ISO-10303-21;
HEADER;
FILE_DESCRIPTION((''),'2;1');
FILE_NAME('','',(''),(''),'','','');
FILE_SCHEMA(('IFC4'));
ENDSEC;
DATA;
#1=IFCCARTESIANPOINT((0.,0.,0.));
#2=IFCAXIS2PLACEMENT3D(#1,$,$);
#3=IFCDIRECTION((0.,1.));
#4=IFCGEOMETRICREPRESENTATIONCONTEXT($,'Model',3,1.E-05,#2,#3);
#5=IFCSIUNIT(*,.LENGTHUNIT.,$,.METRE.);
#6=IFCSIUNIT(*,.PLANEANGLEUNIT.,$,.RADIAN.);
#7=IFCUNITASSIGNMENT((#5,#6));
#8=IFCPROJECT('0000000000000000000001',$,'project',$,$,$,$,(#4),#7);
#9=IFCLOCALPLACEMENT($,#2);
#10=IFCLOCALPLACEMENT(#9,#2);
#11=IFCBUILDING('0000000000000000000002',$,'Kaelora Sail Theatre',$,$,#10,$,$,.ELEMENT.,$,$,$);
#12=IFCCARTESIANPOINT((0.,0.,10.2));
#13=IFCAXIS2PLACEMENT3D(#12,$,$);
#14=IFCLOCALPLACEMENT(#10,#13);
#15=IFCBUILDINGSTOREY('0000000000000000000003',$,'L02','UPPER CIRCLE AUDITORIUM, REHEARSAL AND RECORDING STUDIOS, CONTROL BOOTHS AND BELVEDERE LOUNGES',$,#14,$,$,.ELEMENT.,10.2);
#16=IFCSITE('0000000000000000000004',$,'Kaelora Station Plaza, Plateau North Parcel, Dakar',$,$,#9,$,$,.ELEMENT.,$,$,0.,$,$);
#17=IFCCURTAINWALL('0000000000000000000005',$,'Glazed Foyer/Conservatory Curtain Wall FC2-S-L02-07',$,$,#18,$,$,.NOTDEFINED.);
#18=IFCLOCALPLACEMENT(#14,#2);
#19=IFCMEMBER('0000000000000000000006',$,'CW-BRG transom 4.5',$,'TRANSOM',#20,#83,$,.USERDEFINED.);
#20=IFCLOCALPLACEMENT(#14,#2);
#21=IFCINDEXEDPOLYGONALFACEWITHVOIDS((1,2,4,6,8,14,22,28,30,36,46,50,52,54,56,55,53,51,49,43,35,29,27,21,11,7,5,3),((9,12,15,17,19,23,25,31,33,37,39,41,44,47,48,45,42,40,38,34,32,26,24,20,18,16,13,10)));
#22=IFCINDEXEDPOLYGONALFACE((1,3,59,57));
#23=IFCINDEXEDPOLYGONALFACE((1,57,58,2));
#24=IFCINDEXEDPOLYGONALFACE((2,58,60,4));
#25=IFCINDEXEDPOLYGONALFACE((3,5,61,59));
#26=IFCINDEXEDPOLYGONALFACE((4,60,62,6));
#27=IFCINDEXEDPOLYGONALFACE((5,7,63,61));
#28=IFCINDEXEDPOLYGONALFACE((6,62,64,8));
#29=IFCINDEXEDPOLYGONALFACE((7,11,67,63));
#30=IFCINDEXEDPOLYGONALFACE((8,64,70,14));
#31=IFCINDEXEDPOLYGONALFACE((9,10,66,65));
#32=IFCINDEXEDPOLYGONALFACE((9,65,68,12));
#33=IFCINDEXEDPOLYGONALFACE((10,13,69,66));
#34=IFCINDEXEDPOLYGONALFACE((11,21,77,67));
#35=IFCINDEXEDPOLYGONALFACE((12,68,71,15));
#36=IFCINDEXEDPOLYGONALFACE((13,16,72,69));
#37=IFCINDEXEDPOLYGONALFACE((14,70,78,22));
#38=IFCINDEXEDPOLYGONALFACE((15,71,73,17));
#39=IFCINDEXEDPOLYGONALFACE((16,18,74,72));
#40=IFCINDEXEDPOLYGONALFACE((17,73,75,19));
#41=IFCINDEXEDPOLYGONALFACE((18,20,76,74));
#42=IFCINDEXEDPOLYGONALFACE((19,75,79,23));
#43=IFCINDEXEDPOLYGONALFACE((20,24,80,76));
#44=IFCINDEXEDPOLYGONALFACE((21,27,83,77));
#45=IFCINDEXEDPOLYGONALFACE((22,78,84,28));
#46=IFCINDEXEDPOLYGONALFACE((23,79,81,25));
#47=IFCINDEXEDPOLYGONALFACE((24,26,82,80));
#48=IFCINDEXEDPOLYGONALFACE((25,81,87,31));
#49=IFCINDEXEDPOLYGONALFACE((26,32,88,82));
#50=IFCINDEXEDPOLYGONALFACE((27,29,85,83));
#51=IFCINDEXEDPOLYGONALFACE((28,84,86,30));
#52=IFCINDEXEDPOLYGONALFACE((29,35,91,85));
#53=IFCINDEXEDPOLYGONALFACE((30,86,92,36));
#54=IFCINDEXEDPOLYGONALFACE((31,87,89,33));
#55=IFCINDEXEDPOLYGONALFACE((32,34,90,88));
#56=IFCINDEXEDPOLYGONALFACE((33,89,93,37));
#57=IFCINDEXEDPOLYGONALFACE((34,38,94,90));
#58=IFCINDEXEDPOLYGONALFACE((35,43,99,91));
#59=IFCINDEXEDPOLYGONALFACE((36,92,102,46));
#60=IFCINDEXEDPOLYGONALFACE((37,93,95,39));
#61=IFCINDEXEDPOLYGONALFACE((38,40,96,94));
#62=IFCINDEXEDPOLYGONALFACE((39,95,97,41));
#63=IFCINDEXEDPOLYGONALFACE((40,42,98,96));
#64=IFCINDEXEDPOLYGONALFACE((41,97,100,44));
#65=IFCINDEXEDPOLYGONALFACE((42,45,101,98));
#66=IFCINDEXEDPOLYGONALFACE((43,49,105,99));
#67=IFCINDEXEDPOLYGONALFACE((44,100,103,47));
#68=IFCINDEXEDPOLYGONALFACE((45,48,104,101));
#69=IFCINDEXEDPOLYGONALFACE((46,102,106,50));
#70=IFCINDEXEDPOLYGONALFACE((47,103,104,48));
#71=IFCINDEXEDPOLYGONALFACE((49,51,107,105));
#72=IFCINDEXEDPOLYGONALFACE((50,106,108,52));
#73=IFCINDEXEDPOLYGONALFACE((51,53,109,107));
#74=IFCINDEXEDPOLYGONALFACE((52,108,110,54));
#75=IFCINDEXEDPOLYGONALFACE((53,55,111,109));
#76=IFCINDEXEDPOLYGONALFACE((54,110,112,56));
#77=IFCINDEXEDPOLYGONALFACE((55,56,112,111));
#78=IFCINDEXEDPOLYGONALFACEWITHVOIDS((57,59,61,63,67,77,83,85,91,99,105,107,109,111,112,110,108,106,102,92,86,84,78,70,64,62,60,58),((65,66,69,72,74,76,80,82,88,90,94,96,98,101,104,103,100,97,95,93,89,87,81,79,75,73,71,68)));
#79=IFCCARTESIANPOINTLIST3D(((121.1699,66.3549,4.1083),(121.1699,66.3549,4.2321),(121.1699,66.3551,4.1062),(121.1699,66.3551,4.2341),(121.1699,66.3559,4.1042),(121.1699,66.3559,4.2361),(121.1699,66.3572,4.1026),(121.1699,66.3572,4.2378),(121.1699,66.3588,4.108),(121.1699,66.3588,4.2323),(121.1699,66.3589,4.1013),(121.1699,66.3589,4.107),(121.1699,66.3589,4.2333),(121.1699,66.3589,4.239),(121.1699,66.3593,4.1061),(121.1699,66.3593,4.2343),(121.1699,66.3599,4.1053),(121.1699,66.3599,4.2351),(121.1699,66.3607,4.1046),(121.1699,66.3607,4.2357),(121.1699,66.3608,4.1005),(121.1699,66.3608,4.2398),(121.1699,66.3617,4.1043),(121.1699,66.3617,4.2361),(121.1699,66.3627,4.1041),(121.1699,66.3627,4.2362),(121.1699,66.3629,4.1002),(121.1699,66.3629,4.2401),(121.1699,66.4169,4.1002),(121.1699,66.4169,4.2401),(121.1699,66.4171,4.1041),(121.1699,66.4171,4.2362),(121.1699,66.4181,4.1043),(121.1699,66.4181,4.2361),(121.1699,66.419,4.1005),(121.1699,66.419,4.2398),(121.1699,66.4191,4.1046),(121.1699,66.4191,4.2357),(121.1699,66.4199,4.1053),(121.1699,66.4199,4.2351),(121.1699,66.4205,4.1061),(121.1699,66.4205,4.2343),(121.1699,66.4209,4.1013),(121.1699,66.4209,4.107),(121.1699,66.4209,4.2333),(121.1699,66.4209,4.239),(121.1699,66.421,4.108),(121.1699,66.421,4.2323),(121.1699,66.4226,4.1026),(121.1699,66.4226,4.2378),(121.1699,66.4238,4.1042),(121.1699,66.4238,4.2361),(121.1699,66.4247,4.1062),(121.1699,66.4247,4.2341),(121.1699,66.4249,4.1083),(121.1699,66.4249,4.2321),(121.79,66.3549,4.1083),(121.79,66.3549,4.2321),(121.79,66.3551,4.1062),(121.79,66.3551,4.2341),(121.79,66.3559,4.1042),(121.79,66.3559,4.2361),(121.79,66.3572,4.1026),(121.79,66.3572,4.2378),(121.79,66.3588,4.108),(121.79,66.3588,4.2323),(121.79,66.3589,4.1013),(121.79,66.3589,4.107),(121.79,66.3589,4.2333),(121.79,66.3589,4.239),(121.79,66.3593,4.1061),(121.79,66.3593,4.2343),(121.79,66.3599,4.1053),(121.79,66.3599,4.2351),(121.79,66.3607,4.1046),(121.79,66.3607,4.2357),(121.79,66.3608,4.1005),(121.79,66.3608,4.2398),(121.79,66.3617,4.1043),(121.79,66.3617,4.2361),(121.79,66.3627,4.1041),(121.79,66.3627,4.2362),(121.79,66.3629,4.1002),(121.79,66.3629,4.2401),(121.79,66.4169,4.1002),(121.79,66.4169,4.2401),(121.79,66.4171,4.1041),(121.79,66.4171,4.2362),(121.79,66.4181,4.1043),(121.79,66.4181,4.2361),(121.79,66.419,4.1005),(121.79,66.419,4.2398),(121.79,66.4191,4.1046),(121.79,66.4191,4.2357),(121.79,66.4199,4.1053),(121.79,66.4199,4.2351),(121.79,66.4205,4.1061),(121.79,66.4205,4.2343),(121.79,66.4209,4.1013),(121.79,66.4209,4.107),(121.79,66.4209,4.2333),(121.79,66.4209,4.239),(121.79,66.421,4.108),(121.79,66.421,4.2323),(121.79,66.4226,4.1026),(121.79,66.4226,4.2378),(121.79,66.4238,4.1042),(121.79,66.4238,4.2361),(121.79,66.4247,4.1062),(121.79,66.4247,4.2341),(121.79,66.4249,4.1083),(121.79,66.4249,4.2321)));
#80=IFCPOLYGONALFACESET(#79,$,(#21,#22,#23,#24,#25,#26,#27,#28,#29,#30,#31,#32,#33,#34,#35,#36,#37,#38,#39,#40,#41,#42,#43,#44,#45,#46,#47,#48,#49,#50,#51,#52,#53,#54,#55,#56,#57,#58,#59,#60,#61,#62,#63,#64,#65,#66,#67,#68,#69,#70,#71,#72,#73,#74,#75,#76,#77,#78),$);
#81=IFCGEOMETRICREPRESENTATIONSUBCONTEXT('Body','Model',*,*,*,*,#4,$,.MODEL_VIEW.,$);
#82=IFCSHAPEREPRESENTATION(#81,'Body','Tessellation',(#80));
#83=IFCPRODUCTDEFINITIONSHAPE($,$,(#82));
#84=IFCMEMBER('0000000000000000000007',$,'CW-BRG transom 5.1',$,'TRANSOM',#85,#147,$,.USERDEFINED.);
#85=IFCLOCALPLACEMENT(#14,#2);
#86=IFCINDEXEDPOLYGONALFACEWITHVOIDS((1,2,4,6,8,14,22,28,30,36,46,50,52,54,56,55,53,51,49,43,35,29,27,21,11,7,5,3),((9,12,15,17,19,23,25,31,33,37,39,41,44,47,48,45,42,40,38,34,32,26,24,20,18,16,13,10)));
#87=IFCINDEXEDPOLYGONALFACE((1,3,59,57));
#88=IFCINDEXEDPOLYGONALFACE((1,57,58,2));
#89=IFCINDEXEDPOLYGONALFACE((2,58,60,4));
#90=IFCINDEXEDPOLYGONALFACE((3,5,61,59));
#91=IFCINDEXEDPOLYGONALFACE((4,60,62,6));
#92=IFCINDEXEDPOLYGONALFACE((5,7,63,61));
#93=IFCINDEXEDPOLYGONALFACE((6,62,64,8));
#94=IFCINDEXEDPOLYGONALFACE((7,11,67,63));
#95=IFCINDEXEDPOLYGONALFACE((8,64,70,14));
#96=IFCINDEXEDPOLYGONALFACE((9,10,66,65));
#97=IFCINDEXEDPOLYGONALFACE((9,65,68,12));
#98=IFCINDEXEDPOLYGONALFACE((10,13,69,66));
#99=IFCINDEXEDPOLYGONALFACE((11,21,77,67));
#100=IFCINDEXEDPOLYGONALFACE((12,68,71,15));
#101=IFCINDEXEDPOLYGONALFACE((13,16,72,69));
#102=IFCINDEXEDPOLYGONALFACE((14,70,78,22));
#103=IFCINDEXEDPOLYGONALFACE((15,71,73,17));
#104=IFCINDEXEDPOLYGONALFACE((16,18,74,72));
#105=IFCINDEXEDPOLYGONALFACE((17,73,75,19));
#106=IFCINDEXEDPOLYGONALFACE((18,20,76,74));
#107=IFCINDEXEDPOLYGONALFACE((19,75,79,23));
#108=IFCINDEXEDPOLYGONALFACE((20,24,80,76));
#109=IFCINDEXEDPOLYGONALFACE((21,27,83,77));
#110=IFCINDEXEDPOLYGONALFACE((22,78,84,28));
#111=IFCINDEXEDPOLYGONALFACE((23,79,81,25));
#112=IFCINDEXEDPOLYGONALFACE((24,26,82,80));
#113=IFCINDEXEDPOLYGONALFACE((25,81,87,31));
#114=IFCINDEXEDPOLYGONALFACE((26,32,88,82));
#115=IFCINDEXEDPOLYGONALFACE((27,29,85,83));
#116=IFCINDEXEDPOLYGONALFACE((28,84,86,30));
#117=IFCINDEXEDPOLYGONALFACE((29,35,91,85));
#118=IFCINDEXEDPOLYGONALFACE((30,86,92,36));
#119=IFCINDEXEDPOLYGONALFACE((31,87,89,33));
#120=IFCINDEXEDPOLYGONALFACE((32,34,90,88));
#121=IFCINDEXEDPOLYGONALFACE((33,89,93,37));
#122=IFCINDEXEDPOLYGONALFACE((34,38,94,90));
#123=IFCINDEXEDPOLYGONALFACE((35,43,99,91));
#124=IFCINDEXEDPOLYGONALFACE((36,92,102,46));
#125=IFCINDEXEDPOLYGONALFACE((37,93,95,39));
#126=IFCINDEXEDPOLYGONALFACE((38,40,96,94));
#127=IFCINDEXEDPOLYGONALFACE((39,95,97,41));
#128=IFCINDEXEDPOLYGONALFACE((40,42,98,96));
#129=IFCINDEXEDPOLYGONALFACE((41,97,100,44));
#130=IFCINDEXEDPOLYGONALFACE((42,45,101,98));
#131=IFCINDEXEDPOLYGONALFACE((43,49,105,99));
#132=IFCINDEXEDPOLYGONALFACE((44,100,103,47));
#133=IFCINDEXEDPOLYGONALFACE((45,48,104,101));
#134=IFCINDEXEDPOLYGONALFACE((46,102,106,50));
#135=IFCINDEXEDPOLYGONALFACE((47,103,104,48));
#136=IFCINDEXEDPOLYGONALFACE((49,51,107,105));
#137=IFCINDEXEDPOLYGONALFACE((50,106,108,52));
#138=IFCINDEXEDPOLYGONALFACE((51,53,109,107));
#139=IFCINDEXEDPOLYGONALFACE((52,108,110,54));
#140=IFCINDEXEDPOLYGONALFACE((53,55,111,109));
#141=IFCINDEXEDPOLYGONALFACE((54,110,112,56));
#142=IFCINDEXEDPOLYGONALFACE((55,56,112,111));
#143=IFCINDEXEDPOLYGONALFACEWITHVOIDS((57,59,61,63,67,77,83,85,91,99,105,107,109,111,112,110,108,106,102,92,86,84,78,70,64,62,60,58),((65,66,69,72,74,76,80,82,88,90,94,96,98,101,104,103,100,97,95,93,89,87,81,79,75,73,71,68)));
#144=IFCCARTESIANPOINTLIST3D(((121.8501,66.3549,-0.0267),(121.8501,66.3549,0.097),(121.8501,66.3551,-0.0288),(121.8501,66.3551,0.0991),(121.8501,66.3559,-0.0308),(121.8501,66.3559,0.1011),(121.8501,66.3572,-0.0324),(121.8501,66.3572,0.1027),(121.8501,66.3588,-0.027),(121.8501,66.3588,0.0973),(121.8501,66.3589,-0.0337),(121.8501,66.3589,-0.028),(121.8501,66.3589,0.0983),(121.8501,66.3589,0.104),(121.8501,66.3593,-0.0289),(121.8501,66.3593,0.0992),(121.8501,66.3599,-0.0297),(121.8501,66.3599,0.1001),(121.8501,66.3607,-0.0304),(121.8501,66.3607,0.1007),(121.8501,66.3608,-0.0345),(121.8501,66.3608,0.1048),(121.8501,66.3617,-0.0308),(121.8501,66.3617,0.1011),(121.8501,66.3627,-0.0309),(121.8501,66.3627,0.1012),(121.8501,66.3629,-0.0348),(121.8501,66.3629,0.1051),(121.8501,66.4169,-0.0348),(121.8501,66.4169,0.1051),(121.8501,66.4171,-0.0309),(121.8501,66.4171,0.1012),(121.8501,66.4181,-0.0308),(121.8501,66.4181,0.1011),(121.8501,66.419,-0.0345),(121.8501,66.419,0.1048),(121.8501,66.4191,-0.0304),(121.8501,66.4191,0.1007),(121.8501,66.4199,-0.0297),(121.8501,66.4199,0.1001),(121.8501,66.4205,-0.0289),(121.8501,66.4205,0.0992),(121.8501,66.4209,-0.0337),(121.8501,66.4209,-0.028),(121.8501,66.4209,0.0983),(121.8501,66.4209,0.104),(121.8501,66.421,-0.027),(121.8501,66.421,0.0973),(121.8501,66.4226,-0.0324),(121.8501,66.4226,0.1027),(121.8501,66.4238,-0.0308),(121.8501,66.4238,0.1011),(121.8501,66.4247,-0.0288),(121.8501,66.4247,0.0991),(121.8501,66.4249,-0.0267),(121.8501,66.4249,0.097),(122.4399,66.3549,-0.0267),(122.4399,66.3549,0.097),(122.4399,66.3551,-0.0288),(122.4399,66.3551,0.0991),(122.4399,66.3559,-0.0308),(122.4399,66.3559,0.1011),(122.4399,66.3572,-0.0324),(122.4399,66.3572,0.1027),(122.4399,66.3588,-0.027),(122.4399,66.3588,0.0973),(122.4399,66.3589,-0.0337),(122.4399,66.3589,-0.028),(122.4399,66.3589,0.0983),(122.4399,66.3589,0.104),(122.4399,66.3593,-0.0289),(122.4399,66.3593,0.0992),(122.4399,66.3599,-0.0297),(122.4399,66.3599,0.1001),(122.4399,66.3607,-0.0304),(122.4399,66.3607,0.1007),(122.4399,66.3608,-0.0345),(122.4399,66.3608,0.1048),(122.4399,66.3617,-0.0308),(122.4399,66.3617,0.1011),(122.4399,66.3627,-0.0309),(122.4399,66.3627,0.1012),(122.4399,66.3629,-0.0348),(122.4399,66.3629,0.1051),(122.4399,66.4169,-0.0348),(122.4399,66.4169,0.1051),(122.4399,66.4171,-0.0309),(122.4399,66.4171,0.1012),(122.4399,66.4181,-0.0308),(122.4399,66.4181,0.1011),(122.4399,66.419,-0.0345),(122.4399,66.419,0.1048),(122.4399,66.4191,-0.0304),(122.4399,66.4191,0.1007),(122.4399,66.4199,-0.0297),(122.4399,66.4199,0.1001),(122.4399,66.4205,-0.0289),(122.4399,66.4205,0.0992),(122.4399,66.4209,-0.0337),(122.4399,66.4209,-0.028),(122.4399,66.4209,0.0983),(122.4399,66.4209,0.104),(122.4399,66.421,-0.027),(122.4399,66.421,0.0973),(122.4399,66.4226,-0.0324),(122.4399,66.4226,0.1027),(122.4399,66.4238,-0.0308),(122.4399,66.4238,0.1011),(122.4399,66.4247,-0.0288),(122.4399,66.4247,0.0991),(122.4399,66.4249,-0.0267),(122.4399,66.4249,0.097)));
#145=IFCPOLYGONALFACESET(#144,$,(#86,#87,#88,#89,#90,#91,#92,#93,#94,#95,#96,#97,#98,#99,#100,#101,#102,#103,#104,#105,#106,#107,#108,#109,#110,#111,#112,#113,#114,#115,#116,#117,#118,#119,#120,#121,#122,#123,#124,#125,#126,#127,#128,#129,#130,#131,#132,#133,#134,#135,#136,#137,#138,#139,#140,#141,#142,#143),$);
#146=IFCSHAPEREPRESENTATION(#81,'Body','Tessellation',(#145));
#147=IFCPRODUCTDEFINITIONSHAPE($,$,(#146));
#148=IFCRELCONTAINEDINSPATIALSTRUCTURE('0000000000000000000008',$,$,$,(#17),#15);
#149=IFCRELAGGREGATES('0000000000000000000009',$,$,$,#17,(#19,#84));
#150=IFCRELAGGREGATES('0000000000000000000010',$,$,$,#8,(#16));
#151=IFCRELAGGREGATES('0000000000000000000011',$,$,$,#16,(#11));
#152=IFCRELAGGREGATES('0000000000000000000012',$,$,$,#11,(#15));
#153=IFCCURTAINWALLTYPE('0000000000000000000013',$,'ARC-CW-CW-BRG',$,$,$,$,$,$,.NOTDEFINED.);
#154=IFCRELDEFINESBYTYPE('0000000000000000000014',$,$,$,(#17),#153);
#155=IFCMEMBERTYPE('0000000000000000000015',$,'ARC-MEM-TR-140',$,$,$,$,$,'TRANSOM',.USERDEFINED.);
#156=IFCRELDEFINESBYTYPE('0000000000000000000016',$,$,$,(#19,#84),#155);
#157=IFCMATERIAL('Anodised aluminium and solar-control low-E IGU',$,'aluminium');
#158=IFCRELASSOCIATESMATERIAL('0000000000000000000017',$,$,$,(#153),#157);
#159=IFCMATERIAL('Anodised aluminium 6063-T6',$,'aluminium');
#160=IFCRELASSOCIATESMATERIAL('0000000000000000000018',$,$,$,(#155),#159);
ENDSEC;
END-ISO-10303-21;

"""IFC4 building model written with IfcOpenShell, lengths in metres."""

from ifc_helpers import new_model, si_unit, direction, frame, origin, origin_2d, place, context, subcontext, project, spatial, hollow_rectangle, extrude, material, material_profile, profile_set, type_object, element, aggregate, save


model = new_model("IFC4")

# Units and contexts
model_context = context("Model", 3, precision=1e-05, world=origin(), true_north=direction((0.0, 1.0)))
body_context = subcontext(model_context, "Body", "Model", "MODEL_VIEW")
ifc_project = project(units=[si_unit("LENGTHUNIT", "METRE"), si_unit("PLANEANGLEUNIT", "RADIAN")], contexts=[model_context])

# Site, building, storey
site_placement = place(None, origin())
site = spatial("IfcSite", under=ifc_project, at=site_placement, Name="Kaelora Station Plaza, Plateau North Parcel, Dakar", CompositionType="ELEMENT", RefElevation=0.0)
building_placement = place(site_placement, origin())
building = spatial("IfcBuilding", under=site, at=building_placement, Name="Kaelora Sail Theatre", CompositionType="ELEMENT")
storey_placement = place(building_placement, frame((0.0, 0.0, 10.2)))
storey = spatial("IfcBuildingStorey", under=building, at=storey_placement, Name="L02", Description="UPPER CIRCLE AUDITORIUM, REHEARSAL AND RECORDING STUDIOS, CONTROL BOOTHS AND BELVEDERE LOUNGES", CompositionType="ELEMENT", Elevation=10.2)

# Curtain wall
ifc_material_1 = material(Name="Anodised aluminium and solar-control low-E IGU", Category="aluminium")
curtain_wall_type = type_object("IfcCurtainWallType", Name="ARC-CW-CW-BRG", PredefinedType="NOTDEFINED", material=ifc_material_1)
curtain_wall_1_placement = place(storey_placement, origin())
curtain_wall_1 = element("IfcCurtainWall", 1, at=curtain_wall_1_placement, inside=storey, type_object=curtain_wall_type, Name="Glazed Foyer/Conservatory Curtain Wall FC2-S-L02-07", PredefinedType="NOTDEFINED")

# Members
ifc_material_2 = material(Name="Anodised aluminium 6063-T6", Category="aluminium")
ifc_material_profile_1 = material_profile(ifc_material_2, hollow_rectangle(XDim=0.0701, YDim=0.1399, WallThickness=0.0039, InnerFilletRadius=0.0039, OuterFilletRadius=0.0081, at=origin_2d()), Name="ALU-TRAN 70x140x4")
ifc_profile_set_1 = profile_set([ifc_material_profile_1], Name="Anodised aluminium 6063-T6")
member_type_1 = type_object("IfcMemberType", Name="ARC-MEM-TR-140", ElementType="TRANSOM", PredefinedType="USERDEFINED", material=ifc_profile_set_1)
member_1_placement = place(storey_placement, frame((121.1699, 66.3899, 4.1702), z_axis=(1.0, 0.0, 0.0), x_axis=(0.0, 1.0, 0.0)))
member_1 = element("IfcMember", 2, at=member_1_placement, type_object=member_type_1, Name="CW-BRG transom 4.5", ObjectType="TRANSOM", PredefinedType="USERDEFINED", context=body_context, shape_type="SweptSolid", body=[
    extrude(hollow_rectangle(XDim=0.0701, YDim=0.1399, WallThickness=0.0039, InnerFilletRadius=0.0039, OuterFilletRadius=0.0081, at=origin_2d()), origin(), (0.0, 0.0, 1.0), 0.6201),
])
member_2_placement = place(storey_placement, frame((121.8501, 66.3899, 0.0352), z_axis=(1.0, 0.0, 0.0), x_axis=(0.0, 1.0, 0.0)))
member_2 = element("IfcMember", 3, at=member_2_placement, type_object=member_type_1, Name="CW-BRG transom 5.1", ObjectType="TRANSOM", PredefinedType="USERDEFINED", context=body_context, shape_type="SweptSolid", body=[
    extrude(hollow_rectangle(XDim=0.0701, YDim=0.1399, WallThickness=0.0039, InnerFilletRadius=0.0039, OuterFilletRadius=0.0081, at=origin_2d()), origin(), (0.0, 0.0, 1.0), 0.5898),
])

aggregate(curtain_wall_1, [member_1, member_2])

save(model, "model.ifc")
